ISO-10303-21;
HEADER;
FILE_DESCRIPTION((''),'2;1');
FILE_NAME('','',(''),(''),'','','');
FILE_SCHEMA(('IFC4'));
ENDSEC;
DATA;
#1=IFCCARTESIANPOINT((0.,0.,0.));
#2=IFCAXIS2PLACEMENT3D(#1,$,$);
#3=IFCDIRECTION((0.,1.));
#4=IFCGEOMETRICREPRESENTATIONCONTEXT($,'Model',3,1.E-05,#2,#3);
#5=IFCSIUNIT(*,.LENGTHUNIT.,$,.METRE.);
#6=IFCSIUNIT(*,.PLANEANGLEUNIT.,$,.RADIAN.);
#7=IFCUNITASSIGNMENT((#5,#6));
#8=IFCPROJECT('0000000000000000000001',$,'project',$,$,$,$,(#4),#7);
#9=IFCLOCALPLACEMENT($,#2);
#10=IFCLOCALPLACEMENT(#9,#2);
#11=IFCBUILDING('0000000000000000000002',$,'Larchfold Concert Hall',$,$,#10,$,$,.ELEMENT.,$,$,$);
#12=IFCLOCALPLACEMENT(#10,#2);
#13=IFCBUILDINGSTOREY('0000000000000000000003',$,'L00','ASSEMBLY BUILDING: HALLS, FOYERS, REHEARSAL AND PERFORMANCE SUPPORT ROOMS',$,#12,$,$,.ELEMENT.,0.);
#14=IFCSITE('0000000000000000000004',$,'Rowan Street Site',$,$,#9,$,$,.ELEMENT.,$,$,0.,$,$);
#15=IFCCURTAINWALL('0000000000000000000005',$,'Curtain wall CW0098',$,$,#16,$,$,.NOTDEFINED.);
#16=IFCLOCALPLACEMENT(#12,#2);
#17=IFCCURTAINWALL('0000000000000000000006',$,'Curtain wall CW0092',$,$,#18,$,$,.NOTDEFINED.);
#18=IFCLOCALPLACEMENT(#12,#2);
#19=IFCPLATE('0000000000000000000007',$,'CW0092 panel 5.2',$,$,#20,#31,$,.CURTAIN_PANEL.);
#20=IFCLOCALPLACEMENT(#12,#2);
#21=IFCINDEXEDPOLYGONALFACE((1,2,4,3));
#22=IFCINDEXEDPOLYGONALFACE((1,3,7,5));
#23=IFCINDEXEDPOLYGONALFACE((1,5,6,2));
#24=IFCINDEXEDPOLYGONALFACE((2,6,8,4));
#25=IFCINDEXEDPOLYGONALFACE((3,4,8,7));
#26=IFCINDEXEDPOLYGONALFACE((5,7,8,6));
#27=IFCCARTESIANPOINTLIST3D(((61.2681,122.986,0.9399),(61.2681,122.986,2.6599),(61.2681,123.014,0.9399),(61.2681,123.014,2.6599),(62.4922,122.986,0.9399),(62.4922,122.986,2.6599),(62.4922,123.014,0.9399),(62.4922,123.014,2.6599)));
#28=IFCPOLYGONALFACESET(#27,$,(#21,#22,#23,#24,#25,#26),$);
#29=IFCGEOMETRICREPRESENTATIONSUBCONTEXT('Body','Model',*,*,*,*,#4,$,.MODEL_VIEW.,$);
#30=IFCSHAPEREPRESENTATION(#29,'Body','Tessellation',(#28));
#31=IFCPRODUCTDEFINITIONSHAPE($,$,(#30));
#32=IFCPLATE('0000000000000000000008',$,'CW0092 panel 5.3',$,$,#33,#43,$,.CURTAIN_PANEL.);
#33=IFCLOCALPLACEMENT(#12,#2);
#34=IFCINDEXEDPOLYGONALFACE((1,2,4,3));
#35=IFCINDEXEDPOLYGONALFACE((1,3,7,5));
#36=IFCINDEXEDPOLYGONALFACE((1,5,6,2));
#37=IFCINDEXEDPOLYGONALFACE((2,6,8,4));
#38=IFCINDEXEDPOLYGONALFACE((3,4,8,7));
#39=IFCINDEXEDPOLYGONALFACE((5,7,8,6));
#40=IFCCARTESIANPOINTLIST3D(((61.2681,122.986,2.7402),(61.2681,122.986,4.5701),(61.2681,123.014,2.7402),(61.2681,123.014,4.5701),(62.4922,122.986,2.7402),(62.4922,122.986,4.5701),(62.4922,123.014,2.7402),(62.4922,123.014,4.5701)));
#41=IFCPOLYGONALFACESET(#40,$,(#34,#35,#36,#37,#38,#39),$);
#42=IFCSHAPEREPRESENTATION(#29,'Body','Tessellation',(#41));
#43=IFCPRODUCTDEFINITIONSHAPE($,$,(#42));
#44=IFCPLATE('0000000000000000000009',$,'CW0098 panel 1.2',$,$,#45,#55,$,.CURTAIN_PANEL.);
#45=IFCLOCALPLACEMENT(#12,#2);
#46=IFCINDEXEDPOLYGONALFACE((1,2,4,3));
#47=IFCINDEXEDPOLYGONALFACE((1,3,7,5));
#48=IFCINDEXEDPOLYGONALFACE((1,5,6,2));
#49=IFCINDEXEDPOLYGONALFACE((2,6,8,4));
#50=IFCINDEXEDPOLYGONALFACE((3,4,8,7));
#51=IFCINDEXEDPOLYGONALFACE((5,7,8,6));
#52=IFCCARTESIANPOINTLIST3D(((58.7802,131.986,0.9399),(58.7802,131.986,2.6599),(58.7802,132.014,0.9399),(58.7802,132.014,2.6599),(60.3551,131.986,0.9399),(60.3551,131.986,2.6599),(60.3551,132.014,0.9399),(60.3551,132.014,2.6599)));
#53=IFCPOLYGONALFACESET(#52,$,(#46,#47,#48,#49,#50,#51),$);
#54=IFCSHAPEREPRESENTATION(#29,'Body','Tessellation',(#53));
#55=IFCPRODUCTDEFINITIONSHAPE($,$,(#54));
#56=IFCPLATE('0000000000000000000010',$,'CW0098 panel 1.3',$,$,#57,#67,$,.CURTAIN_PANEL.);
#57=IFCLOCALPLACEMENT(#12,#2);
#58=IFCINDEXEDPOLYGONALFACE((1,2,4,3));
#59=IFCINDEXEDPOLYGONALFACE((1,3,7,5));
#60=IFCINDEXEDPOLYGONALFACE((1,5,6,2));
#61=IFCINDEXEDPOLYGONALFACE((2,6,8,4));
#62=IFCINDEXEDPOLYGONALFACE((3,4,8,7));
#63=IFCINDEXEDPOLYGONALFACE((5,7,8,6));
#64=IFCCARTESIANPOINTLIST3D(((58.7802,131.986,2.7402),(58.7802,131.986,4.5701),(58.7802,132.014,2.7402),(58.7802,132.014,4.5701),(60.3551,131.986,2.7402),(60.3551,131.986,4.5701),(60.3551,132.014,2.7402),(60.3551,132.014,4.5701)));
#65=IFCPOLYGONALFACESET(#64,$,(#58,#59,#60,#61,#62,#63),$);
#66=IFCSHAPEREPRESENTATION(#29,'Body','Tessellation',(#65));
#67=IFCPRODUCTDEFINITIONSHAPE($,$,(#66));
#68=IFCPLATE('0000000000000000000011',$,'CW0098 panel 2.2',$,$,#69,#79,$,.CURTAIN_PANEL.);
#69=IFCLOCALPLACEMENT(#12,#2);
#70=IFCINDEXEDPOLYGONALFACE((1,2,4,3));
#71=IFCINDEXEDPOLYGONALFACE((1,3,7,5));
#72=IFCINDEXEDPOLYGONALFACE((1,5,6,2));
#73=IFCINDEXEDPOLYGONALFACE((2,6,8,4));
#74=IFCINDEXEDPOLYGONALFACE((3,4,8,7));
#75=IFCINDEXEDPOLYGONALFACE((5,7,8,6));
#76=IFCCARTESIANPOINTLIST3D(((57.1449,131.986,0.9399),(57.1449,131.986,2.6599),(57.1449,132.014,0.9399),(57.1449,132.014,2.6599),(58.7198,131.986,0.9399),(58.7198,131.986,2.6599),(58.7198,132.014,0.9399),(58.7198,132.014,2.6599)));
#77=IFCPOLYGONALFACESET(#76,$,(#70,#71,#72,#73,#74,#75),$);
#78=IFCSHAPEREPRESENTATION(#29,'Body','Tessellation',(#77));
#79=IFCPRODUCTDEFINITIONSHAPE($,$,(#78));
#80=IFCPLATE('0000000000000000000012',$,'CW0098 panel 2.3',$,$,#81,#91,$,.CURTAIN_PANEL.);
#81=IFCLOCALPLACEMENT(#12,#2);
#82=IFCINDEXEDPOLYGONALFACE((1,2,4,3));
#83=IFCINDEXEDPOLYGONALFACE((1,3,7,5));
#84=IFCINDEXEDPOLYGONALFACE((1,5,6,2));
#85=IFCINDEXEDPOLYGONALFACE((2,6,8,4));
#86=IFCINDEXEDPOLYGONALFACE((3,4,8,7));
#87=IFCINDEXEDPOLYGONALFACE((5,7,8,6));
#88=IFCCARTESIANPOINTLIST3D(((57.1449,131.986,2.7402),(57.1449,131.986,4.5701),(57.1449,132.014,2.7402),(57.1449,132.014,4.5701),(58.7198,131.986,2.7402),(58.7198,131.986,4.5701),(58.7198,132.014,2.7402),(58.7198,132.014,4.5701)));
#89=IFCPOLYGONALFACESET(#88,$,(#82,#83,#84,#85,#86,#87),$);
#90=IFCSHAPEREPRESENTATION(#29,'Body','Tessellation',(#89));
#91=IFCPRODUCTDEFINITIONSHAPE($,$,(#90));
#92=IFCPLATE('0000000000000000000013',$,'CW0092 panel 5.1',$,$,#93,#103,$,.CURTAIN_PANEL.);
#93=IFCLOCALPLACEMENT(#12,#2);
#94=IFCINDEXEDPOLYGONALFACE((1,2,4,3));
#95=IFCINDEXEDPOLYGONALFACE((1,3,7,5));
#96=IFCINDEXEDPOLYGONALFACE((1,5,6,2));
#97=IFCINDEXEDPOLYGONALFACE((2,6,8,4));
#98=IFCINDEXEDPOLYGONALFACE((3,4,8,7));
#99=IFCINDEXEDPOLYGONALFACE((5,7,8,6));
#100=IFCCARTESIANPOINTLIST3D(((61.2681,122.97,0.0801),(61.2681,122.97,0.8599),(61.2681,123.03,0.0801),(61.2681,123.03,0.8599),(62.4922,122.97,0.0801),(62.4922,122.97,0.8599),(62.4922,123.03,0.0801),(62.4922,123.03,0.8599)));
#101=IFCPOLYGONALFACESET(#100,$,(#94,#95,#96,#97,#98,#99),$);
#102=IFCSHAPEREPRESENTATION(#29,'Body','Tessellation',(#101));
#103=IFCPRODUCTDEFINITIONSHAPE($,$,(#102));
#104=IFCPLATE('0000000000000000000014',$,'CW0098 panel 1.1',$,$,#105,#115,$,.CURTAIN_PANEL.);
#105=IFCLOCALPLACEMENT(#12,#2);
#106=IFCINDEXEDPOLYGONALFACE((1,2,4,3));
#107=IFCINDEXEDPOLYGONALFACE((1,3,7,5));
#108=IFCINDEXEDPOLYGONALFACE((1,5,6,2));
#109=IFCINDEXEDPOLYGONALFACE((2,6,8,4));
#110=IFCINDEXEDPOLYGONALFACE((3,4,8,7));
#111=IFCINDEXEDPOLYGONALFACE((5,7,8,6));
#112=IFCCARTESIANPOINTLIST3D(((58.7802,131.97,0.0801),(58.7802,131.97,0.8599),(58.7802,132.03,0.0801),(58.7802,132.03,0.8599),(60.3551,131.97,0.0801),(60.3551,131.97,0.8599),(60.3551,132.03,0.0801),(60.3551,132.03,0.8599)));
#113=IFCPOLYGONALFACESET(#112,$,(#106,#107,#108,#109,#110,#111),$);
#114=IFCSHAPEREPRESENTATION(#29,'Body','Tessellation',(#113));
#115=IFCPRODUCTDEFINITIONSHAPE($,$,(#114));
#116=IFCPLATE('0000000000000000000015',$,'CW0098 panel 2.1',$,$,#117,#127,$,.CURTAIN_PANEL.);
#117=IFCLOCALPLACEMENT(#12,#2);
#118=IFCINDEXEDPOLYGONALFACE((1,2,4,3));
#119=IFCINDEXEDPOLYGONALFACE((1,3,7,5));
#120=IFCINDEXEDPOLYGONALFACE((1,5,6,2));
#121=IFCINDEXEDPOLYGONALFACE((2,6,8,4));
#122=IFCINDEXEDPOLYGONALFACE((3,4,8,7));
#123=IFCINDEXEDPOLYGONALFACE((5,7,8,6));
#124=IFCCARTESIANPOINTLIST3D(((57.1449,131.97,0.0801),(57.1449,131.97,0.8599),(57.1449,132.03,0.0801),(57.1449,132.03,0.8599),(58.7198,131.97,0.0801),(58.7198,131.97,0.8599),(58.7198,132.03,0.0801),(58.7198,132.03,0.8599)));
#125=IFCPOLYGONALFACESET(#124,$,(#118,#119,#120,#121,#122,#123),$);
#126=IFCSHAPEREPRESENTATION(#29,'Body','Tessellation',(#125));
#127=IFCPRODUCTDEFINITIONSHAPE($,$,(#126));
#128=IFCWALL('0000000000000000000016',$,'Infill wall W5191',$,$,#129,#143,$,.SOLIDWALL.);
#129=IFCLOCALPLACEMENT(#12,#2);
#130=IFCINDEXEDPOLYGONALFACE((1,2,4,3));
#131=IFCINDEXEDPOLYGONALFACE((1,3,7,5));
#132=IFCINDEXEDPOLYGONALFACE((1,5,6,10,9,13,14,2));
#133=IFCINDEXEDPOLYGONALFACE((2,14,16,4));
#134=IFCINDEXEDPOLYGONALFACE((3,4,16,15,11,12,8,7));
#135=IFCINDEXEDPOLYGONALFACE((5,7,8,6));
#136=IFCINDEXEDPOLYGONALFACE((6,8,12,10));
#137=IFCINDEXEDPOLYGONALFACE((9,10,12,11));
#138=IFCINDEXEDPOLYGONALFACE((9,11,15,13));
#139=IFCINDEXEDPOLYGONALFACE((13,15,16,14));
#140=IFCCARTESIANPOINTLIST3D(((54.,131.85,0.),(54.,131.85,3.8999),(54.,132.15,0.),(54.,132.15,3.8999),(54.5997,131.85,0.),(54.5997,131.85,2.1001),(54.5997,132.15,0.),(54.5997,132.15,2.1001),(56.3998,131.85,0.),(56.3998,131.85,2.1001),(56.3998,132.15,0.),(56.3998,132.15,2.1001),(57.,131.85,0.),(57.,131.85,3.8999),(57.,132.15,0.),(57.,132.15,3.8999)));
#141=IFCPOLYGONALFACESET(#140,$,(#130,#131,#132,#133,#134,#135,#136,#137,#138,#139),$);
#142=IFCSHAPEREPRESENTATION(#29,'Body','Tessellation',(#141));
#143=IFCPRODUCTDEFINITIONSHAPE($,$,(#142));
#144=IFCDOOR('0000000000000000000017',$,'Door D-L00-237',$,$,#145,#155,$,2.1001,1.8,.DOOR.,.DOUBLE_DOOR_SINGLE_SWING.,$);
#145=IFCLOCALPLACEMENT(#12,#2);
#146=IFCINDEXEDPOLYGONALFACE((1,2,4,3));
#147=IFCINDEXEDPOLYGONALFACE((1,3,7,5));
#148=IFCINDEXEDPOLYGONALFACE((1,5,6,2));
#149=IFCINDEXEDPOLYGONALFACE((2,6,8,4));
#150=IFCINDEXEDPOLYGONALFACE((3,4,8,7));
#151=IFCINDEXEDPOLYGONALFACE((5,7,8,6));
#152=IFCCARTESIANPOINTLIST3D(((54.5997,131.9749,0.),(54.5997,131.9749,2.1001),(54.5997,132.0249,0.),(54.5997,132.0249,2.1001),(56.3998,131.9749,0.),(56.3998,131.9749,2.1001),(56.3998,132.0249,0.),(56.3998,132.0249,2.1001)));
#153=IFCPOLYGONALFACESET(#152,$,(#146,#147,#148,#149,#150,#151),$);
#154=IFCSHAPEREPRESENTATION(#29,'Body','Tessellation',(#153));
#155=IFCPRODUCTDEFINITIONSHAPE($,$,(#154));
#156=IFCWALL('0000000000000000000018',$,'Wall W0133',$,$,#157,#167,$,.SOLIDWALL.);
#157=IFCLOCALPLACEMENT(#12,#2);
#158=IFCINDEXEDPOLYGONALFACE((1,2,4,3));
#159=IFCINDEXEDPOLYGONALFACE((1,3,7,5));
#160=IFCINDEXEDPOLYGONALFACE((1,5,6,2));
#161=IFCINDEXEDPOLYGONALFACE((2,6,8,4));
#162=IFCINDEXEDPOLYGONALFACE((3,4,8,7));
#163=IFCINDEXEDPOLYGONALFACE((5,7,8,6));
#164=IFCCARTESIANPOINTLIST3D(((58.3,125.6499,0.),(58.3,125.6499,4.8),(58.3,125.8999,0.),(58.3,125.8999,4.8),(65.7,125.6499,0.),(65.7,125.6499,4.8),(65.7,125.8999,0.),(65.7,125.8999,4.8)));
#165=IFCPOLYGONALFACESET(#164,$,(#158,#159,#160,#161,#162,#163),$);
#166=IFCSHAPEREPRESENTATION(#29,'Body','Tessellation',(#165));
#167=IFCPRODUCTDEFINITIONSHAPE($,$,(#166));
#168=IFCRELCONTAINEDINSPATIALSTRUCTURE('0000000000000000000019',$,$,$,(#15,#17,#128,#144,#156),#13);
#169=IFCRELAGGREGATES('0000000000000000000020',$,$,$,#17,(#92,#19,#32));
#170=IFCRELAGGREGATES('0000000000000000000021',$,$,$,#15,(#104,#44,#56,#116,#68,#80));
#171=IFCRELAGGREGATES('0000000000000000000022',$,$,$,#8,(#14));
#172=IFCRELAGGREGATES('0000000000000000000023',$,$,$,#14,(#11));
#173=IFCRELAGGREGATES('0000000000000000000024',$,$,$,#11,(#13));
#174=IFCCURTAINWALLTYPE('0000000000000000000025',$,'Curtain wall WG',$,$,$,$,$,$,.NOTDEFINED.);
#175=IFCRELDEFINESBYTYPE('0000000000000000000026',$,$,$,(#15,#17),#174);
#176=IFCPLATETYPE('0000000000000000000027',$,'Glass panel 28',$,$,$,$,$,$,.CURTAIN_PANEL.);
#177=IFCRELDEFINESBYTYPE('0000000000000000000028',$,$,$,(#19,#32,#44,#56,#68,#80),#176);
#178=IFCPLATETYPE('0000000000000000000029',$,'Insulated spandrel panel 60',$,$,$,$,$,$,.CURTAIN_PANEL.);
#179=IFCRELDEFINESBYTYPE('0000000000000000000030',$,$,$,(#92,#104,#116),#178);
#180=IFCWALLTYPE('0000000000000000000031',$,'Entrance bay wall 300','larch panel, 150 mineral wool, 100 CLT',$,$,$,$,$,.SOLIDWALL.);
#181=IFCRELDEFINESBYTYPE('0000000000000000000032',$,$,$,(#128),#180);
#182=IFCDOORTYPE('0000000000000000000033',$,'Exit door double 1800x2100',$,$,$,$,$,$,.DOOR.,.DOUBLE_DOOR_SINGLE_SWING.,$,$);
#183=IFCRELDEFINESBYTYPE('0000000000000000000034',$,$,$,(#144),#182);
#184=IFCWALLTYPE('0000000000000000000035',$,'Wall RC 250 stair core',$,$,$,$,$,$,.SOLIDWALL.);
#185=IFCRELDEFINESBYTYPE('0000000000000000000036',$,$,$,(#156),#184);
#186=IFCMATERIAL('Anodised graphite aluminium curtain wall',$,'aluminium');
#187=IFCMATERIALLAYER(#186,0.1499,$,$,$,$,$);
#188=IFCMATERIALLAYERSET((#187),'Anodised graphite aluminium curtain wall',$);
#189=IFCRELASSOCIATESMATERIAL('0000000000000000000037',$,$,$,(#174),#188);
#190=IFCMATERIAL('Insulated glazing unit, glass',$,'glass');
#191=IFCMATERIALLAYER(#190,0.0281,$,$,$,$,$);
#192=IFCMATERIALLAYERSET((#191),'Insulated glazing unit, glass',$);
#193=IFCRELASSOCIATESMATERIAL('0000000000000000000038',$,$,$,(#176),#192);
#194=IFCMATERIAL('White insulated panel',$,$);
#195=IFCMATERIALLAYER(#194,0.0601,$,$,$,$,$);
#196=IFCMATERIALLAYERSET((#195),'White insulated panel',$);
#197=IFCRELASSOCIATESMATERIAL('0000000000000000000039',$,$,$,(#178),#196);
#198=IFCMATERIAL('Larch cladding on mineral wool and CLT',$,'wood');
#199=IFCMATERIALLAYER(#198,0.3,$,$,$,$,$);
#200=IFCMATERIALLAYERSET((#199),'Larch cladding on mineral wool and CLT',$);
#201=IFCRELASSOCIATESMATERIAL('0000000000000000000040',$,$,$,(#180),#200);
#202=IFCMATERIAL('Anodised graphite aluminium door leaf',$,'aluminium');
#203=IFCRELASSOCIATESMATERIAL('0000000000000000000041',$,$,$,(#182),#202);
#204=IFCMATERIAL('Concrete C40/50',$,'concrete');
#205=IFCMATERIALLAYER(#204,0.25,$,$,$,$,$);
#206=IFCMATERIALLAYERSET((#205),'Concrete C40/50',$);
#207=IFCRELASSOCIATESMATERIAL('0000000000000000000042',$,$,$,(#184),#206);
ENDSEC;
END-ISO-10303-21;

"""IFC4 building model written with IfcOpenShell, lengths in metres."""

from ifc_helpers import new_model, si_unit, direction, frame, frame_2d, origin, origin_2d, place, context, subcontext, project, spatial, rectangle, extrude, material, layer, layer_set, type_object, element, fill, aggregate, save


model = new_model("IFC4")

# Units and contexts
model_context = context("Model", 3, precision=1e-05, world=origin(), true_north=direction((0.0, 1.0)))
body_context = subcontext(model_context, "Body", "Model", "MODEL_VIEW")
ifc_project = project(units=[si_unit("LENGTHUNIT", "METRE"), si_unit("PLANEANGLEUNIT", "RADIAN")], contexts=[model_context])

# Site, building, storey
site_placement = place(None, origin())
site = spatial("IfcSite", under=ifc_project, at=site_placement, Name="Rowan Street Site", CompositionType="ELEMENT", RefElevation=0.0)
building_placement = place(site_placement, origin())
building = spatial("IfcBuilding", under=site, at=building_placement, Name="Larchfold Concert Hall", CompositionType="ELEMENT")
storey_placement = place(building_placement, origin())
storey = spatial("IfcBuildingStorey", under=building, at=storey_placement, Name="L00", Description="ASSEMBLY BUILDING: HALLS, FOYERS, REHEARSAL AND PERFORMANCE SUPPORT ROOMS", CompositionType="ELEMENT", Elevation=0.0)

# Curtain walls
ifc_material_1 = material(Name="Anodised graphite aluminium curtain wall", Category="aluminium")
ifc_layer_1 = layer(ifc_material_1, 0.1499)
ifc_layer_set_1 = layer_set([ifc_layer_1], Name="Anodised graphite aluminium curtain wall")
curtain_wall_type = type_object("IfcCurtainWallType", Name="Curtain wall WG", PredefinedType="NOTDEFINED", material=ifc_layer_set_1)
curtain_wall_1_placement = place(storey_placement, origin())
curtain_wall_1 = element("IfcCurtainWall", 1, at=curtain_wall_1_placement, inside=storey, type_object=curtain_wall_type, Name="Curtain wall CW0098", PredefinedType="NOTDEFINED")
curtain_wall_2_placement = place(storey_placement, origin())
curtain_wall_2 = element("IfcCurtainWall", 2, at=curtain_wall_2_placement, inside=storey, type_object=curtain_wall_type, Name="Curtain wall CW0092", PredefinedType="NOTDEFINED")

# Plates
ifc_material_2 = material(Name="Insulated glazing unit, glass", Category="glass")
ifc_layer_2 = layer(ifc_material_2, 0.0281)
ifc_layer_set_2 = layer_set([ifc_layer_2], Name="Insulated glazing unit, glass")
plate_type_1 = type_object("IfcPlateType", Name="Glass panel 28", PredefinedType="CURTAIN_PANEL", material=ifc_layer_set_2)
plate_1_placement = place(storey_placement, frame((61.8801, 123.0, 0.9399), z_axis=(0.0, 0.0, 1.0), x_axis=(1.0, 0.0, 0.0)))
plate_1 = element("IfcPlate", 3, at=plate_1_placement, type_object=plate_type_1, Name="CW0092 panel 5.2", PredefinedType="CURTAIN_PANEL", context=body_context, shape_type="SweptSolid", body=[
    extrude(rectangle(XDim=1.2241, YDim=0.0281, at=origin_2d()), origin(), (0.0, 0.0, 1.0), 1.72),
])
plate_2_placement = place(storey_placement, frame((61.8801, 123.0, 2.7402), z_axis=(0.0, 0.0, 1.0), x_axis=(1.0, 0.0, 0.0)))
plate_2 = element("IfcPlate", 4, at=plate_2_placement, type_object=plate_type_1, Name="CW0092 panel 5.3", PredefinedType="CURTAIN_PANEL", context=body_context, shape_type="SweptSolid", body=[
    extrude(rectangle(XDim=1.2241, YDim=0.0281, at=origin_2d()), origin(), (0.0, 0.0, 1.0), 1.8298),
])
plate_3_placement = place(storey_placement, frame((59.5676, 132.0, 0.9399), z_axis=(0.0, 0.0, 1.0), x_axis=(-1.0, 0.0, 0.0)))
plate_3 = element("IfcPlate", 5, at=plate_3_placement, type_object=plate_type_1, Name="CW0098 panel 1.2", PredefinedType="CURTAIN_PANEL", context=body_context, shape_type="SweptSolid", body=[
    extrude(rectangle(XDim=1.575, YDim=0.0281, at=origin_2d()), origin(), (0.0, 0.0, 1.0), 1.72),
])
plate_4_placement = place(storey_placement, frame((59.5676, 132.0, 2.7402), z_axis=(0.0, 0.0, 1.0), x_axis=(-1.0, 0.0, 0.0)))
plate_4 = element("IfcPlate", 6, at=plate_4_placement, type_object=plate_type_1, Name="CW0098 panel 1.3", PredefinedType="CURTAIN_PANEL", context=body_context, shape_type="SweptSolid", body=[
    extrude(rectangle(XDim=1.575, YDim=0.0281, at=origin_2d()), origin(), (0.0, 0.0, 1.0), 1.8298),
])
plate_5_placement = place(storey_placement, frame((57.9324, 132.0, 0.9399), z_axis=(0.0, 0.0, 1.0), x_axis=(-1.0, 0.0, 0.0)))
plate_5 = element("IfcPlate", 7, at=plate_5_placement, type_object=plate_type_1, Name="CW0098 panel 2.2", PredefinedType="CURTAIN_PANEL", context=body_context, shape_type="SweptSolid", body=[
    extrude(rectangle(XDim=1.575, YDim=0.0281, at=origin_2d()), origin(), (0.0, 0.0, 1.0), 1.72),
])
plate_6_placement = place(storey_placement, frame((57.9324, 132.0, 2.7402), z_axis=(0.0, 0.0, 1.0), x_axis=(-1.0, 0.0, 0.0)))
plate_6 = element("IfcPlate", 8, at=plate_6_placement, type_object=plate_type_1, Name="CW0098 panel 2.3", PredefinedType="CURTAIN_PANEL", context=body_context, shape_type="SweptSolid", body=[
    extrude(rectangle(XDim=1.575, YDim=0.0281, at=origin_2d()), origin(), (0.0, 0.0, 1.0), 1.8298),
])
ifc_material_3 = material(Name="White insulated panel")
ifc_layer_3 = layer(ifc_material_3, 0.0601)
ifc_layer_set_3 = layer_set([ifc_layer_3], Name="White insulated panel")
plate_type_2 = type_object("IfcPlateType", Name="Insulated spandrel panel 60", PredefinedType="CURTAIN_PANEL", material=ifc_layer_set_3)
plate_7_placement = place(storey_placement, frame((61.8801, 123.0, 0.0801), z_axis=(0.0, 0.0, 1.0), x_axis=(1.0, 0.0, 0.0)))
plate_7 = element("IfcPlate", 9, at=plate_7_placement, type_object=plate_type_2, Name="CW0092 panel 5.1", PredefinedType="CURTAIN_PANEL", context=body_context, shape_type="SweptSolid", body=[
    extrude(rectangle(XDim=1.2241, YDim=0.0601, at=origin_2d()), origin(), (0.0, 0.0, 1.0), 0.7798),
])
aggregate(curtain_wall_2, [plate_7, plate_1, plate_2])
plate_8_placement = place(storey_placement, frame((59.5676, 132.0, 0.0801), z_axis=(0.0, 0.0, 1.0), x_axis=(-1.0, 0.0, 0.0)))
plate_8 = element("IfcPlate", 10, at=plate_8_placement, type_object=plate_type_2, Name="CW0098 panel 1.1", PredefinedType="CURTAIN_PANEL", context=body_context, shape_type="SweptSolid", body=[
    extrude(rectangle(XDim=1.575, YDim=0.0601, at=origin_2d()), origin(), (0.0, 0.0, 1.0), 0.7798),
])
plate_9_placement = place(storey_placement, frame((57.9324, 132.0, 0.0801), z_axis=(0.0, 0.0, 1.0), x_axis=(-1.0, 0.0, 0.0)))
plate_9 = element("IfcPlate", 11, at=plate_9_placement, type_object=plate_type_2, Name="CW0098 panel 2.1", PredefinedType="CURTAIN_PANEL", context=body_context, shape_type="SweptSolid", body=[
    extrude(rectangle(XDim=1.575, YDim=0.0601, at=origin_2d()), origin(), (0.0, 0.0, 1.0), 0.7798),
])
aggregate(curtain_wall_1, [plate_8, plate_3, plate_4, plate_9, plate_5, plate_6])

# Wall, opening, door
ifc_material_4 = material(Name="Larch cladding on mineral wool and CLT", Category="wood")
ifc_layer_4 = layer(ifc_material_4, 0.3)
ifc_layer_set_4 = layer_set([ifc_layer_4], Name="Larch cladding on mineral wool and CLT")
wall_type_1 = type_object("IfcWallType", Name="Entrance bay wall 300", Description="larch panel, 150 mineral wool, 100 CLT", PredefinedType="SOLIDWALL", material=ifc_layer_set_4)
wall_1_placement = place(storey_placement, frame((57.0, 132.0, 0.0), z_axis=(0.0, 0.0, 1.0), x_axis=(-1.0, 0.0, 0.0)))
wall_1 = element("IfcWall", 12, at=wall_1_placement, inside=storey, type_object=wall_type_1, Name="Infill wall W5191", PredefinedType="SOLIDWALL", context=body_context, shape_type="SweptSolid", body=[
    extrude(rectangle(XDim=3.0, YDim=0.3, at=frame_2d((1.5, 0.0))), origin(), (0.0, 0.0, 1.0), 3.8999),
])
opening_1_placement = place(wall_1_placement, frame((2.4001, 0.0, 0.0), z_axis=(0.0, 0.0, 1.0), x_axis=(-1.0, 0.0, 0.0)))
opening_1 = element("IfcOpeningElement", 13, at=opening_1_placement, cuts=wall_1, PredefinedType="OPENING", context=body_context, shape_type="SweptSolid", body=[
    extrude(rectangle(XDim=1.8, YDim=2.1001, at=frame_2d((0.8999, 1.05))), frame((0.0, 0.1602, 0.0), z_axis=(0.0, -1.0, 0.0), x_axis=(1.0, 0.0, 0.0)), (0.0, 0.0, 1.0), 0.3201),
])
ifc_material_5 = material(Name="Anodised graphite aluminium door leaf", Category="aluminium")
door_type_1 = type_object("IfcDoorType", Name="Exit door double 1800x2100", OperationType="DOUBLE_DOOR_SINGLE_SWING", PredefinedType="DOOR", material=ifc_material_5)
door_1_placement = place(opening_1_placement, origin())
door_1 = element("IfcDoor", 14, at=door_1_placement, inside=storey, type_object=door_type_1, Name="Door D-L00-237", OperationType="DOUBLE_DOOR_SINGLE_SWING", OverallHeight=2.1001, OverallWidth=1.8, PredefinedType="DOOR", context=body_context, shape_type="SweptSolid", body=[
    extrude(rectangle(XDim=1.8, YDim=2.1001, at=frame_2d((0.8999, 1.05))), frame((0.0, 0.0249, 0.0), z_axis=(0.0, -1.0, 0.0), x_axis=(1.0, 0.0, 0.0)), (0.0, 0.0, 1.0), 0.05),
])
fill(opening_1, door_1)

# Wall
ifc_material_6 = material(Name="Concrete C40/50", Category="concrete")
ifc_layer_5 = layer(ifc_material_6, 0.25)
ifc_layer_set_5 = layer_set([ifc_layer_5], Name="Concrete C40/50")
wall_type_2 = type_object("IfcWallType", Name="Wall RC 250 stair core", PredefinedType="SOLIDWALL", material=ifc_layer_set_5)
wall_2_placement = place(storey_placement, frame((58.3, 125.7749, 0.0), z_axis=(0.0, 0.0, 1.0), x_axis=(1.0, 0.0, 0.0)))
element("IfcWall", 15, at=wall_2_placement, inside=storey, type_object=wall_type_2, Name="Wall W0133", PredefinedType="SOLIDWALL", context=body_context, shape_type="SweptSolid", body=[
    extrude(rectangle(XDim=7.3999, YDim=0.25, at=frame_2d((3.7, 0.0))), origin(), (0.0, 0.0, 1.0), 4.8),
])

save(model, "model.ifc")
